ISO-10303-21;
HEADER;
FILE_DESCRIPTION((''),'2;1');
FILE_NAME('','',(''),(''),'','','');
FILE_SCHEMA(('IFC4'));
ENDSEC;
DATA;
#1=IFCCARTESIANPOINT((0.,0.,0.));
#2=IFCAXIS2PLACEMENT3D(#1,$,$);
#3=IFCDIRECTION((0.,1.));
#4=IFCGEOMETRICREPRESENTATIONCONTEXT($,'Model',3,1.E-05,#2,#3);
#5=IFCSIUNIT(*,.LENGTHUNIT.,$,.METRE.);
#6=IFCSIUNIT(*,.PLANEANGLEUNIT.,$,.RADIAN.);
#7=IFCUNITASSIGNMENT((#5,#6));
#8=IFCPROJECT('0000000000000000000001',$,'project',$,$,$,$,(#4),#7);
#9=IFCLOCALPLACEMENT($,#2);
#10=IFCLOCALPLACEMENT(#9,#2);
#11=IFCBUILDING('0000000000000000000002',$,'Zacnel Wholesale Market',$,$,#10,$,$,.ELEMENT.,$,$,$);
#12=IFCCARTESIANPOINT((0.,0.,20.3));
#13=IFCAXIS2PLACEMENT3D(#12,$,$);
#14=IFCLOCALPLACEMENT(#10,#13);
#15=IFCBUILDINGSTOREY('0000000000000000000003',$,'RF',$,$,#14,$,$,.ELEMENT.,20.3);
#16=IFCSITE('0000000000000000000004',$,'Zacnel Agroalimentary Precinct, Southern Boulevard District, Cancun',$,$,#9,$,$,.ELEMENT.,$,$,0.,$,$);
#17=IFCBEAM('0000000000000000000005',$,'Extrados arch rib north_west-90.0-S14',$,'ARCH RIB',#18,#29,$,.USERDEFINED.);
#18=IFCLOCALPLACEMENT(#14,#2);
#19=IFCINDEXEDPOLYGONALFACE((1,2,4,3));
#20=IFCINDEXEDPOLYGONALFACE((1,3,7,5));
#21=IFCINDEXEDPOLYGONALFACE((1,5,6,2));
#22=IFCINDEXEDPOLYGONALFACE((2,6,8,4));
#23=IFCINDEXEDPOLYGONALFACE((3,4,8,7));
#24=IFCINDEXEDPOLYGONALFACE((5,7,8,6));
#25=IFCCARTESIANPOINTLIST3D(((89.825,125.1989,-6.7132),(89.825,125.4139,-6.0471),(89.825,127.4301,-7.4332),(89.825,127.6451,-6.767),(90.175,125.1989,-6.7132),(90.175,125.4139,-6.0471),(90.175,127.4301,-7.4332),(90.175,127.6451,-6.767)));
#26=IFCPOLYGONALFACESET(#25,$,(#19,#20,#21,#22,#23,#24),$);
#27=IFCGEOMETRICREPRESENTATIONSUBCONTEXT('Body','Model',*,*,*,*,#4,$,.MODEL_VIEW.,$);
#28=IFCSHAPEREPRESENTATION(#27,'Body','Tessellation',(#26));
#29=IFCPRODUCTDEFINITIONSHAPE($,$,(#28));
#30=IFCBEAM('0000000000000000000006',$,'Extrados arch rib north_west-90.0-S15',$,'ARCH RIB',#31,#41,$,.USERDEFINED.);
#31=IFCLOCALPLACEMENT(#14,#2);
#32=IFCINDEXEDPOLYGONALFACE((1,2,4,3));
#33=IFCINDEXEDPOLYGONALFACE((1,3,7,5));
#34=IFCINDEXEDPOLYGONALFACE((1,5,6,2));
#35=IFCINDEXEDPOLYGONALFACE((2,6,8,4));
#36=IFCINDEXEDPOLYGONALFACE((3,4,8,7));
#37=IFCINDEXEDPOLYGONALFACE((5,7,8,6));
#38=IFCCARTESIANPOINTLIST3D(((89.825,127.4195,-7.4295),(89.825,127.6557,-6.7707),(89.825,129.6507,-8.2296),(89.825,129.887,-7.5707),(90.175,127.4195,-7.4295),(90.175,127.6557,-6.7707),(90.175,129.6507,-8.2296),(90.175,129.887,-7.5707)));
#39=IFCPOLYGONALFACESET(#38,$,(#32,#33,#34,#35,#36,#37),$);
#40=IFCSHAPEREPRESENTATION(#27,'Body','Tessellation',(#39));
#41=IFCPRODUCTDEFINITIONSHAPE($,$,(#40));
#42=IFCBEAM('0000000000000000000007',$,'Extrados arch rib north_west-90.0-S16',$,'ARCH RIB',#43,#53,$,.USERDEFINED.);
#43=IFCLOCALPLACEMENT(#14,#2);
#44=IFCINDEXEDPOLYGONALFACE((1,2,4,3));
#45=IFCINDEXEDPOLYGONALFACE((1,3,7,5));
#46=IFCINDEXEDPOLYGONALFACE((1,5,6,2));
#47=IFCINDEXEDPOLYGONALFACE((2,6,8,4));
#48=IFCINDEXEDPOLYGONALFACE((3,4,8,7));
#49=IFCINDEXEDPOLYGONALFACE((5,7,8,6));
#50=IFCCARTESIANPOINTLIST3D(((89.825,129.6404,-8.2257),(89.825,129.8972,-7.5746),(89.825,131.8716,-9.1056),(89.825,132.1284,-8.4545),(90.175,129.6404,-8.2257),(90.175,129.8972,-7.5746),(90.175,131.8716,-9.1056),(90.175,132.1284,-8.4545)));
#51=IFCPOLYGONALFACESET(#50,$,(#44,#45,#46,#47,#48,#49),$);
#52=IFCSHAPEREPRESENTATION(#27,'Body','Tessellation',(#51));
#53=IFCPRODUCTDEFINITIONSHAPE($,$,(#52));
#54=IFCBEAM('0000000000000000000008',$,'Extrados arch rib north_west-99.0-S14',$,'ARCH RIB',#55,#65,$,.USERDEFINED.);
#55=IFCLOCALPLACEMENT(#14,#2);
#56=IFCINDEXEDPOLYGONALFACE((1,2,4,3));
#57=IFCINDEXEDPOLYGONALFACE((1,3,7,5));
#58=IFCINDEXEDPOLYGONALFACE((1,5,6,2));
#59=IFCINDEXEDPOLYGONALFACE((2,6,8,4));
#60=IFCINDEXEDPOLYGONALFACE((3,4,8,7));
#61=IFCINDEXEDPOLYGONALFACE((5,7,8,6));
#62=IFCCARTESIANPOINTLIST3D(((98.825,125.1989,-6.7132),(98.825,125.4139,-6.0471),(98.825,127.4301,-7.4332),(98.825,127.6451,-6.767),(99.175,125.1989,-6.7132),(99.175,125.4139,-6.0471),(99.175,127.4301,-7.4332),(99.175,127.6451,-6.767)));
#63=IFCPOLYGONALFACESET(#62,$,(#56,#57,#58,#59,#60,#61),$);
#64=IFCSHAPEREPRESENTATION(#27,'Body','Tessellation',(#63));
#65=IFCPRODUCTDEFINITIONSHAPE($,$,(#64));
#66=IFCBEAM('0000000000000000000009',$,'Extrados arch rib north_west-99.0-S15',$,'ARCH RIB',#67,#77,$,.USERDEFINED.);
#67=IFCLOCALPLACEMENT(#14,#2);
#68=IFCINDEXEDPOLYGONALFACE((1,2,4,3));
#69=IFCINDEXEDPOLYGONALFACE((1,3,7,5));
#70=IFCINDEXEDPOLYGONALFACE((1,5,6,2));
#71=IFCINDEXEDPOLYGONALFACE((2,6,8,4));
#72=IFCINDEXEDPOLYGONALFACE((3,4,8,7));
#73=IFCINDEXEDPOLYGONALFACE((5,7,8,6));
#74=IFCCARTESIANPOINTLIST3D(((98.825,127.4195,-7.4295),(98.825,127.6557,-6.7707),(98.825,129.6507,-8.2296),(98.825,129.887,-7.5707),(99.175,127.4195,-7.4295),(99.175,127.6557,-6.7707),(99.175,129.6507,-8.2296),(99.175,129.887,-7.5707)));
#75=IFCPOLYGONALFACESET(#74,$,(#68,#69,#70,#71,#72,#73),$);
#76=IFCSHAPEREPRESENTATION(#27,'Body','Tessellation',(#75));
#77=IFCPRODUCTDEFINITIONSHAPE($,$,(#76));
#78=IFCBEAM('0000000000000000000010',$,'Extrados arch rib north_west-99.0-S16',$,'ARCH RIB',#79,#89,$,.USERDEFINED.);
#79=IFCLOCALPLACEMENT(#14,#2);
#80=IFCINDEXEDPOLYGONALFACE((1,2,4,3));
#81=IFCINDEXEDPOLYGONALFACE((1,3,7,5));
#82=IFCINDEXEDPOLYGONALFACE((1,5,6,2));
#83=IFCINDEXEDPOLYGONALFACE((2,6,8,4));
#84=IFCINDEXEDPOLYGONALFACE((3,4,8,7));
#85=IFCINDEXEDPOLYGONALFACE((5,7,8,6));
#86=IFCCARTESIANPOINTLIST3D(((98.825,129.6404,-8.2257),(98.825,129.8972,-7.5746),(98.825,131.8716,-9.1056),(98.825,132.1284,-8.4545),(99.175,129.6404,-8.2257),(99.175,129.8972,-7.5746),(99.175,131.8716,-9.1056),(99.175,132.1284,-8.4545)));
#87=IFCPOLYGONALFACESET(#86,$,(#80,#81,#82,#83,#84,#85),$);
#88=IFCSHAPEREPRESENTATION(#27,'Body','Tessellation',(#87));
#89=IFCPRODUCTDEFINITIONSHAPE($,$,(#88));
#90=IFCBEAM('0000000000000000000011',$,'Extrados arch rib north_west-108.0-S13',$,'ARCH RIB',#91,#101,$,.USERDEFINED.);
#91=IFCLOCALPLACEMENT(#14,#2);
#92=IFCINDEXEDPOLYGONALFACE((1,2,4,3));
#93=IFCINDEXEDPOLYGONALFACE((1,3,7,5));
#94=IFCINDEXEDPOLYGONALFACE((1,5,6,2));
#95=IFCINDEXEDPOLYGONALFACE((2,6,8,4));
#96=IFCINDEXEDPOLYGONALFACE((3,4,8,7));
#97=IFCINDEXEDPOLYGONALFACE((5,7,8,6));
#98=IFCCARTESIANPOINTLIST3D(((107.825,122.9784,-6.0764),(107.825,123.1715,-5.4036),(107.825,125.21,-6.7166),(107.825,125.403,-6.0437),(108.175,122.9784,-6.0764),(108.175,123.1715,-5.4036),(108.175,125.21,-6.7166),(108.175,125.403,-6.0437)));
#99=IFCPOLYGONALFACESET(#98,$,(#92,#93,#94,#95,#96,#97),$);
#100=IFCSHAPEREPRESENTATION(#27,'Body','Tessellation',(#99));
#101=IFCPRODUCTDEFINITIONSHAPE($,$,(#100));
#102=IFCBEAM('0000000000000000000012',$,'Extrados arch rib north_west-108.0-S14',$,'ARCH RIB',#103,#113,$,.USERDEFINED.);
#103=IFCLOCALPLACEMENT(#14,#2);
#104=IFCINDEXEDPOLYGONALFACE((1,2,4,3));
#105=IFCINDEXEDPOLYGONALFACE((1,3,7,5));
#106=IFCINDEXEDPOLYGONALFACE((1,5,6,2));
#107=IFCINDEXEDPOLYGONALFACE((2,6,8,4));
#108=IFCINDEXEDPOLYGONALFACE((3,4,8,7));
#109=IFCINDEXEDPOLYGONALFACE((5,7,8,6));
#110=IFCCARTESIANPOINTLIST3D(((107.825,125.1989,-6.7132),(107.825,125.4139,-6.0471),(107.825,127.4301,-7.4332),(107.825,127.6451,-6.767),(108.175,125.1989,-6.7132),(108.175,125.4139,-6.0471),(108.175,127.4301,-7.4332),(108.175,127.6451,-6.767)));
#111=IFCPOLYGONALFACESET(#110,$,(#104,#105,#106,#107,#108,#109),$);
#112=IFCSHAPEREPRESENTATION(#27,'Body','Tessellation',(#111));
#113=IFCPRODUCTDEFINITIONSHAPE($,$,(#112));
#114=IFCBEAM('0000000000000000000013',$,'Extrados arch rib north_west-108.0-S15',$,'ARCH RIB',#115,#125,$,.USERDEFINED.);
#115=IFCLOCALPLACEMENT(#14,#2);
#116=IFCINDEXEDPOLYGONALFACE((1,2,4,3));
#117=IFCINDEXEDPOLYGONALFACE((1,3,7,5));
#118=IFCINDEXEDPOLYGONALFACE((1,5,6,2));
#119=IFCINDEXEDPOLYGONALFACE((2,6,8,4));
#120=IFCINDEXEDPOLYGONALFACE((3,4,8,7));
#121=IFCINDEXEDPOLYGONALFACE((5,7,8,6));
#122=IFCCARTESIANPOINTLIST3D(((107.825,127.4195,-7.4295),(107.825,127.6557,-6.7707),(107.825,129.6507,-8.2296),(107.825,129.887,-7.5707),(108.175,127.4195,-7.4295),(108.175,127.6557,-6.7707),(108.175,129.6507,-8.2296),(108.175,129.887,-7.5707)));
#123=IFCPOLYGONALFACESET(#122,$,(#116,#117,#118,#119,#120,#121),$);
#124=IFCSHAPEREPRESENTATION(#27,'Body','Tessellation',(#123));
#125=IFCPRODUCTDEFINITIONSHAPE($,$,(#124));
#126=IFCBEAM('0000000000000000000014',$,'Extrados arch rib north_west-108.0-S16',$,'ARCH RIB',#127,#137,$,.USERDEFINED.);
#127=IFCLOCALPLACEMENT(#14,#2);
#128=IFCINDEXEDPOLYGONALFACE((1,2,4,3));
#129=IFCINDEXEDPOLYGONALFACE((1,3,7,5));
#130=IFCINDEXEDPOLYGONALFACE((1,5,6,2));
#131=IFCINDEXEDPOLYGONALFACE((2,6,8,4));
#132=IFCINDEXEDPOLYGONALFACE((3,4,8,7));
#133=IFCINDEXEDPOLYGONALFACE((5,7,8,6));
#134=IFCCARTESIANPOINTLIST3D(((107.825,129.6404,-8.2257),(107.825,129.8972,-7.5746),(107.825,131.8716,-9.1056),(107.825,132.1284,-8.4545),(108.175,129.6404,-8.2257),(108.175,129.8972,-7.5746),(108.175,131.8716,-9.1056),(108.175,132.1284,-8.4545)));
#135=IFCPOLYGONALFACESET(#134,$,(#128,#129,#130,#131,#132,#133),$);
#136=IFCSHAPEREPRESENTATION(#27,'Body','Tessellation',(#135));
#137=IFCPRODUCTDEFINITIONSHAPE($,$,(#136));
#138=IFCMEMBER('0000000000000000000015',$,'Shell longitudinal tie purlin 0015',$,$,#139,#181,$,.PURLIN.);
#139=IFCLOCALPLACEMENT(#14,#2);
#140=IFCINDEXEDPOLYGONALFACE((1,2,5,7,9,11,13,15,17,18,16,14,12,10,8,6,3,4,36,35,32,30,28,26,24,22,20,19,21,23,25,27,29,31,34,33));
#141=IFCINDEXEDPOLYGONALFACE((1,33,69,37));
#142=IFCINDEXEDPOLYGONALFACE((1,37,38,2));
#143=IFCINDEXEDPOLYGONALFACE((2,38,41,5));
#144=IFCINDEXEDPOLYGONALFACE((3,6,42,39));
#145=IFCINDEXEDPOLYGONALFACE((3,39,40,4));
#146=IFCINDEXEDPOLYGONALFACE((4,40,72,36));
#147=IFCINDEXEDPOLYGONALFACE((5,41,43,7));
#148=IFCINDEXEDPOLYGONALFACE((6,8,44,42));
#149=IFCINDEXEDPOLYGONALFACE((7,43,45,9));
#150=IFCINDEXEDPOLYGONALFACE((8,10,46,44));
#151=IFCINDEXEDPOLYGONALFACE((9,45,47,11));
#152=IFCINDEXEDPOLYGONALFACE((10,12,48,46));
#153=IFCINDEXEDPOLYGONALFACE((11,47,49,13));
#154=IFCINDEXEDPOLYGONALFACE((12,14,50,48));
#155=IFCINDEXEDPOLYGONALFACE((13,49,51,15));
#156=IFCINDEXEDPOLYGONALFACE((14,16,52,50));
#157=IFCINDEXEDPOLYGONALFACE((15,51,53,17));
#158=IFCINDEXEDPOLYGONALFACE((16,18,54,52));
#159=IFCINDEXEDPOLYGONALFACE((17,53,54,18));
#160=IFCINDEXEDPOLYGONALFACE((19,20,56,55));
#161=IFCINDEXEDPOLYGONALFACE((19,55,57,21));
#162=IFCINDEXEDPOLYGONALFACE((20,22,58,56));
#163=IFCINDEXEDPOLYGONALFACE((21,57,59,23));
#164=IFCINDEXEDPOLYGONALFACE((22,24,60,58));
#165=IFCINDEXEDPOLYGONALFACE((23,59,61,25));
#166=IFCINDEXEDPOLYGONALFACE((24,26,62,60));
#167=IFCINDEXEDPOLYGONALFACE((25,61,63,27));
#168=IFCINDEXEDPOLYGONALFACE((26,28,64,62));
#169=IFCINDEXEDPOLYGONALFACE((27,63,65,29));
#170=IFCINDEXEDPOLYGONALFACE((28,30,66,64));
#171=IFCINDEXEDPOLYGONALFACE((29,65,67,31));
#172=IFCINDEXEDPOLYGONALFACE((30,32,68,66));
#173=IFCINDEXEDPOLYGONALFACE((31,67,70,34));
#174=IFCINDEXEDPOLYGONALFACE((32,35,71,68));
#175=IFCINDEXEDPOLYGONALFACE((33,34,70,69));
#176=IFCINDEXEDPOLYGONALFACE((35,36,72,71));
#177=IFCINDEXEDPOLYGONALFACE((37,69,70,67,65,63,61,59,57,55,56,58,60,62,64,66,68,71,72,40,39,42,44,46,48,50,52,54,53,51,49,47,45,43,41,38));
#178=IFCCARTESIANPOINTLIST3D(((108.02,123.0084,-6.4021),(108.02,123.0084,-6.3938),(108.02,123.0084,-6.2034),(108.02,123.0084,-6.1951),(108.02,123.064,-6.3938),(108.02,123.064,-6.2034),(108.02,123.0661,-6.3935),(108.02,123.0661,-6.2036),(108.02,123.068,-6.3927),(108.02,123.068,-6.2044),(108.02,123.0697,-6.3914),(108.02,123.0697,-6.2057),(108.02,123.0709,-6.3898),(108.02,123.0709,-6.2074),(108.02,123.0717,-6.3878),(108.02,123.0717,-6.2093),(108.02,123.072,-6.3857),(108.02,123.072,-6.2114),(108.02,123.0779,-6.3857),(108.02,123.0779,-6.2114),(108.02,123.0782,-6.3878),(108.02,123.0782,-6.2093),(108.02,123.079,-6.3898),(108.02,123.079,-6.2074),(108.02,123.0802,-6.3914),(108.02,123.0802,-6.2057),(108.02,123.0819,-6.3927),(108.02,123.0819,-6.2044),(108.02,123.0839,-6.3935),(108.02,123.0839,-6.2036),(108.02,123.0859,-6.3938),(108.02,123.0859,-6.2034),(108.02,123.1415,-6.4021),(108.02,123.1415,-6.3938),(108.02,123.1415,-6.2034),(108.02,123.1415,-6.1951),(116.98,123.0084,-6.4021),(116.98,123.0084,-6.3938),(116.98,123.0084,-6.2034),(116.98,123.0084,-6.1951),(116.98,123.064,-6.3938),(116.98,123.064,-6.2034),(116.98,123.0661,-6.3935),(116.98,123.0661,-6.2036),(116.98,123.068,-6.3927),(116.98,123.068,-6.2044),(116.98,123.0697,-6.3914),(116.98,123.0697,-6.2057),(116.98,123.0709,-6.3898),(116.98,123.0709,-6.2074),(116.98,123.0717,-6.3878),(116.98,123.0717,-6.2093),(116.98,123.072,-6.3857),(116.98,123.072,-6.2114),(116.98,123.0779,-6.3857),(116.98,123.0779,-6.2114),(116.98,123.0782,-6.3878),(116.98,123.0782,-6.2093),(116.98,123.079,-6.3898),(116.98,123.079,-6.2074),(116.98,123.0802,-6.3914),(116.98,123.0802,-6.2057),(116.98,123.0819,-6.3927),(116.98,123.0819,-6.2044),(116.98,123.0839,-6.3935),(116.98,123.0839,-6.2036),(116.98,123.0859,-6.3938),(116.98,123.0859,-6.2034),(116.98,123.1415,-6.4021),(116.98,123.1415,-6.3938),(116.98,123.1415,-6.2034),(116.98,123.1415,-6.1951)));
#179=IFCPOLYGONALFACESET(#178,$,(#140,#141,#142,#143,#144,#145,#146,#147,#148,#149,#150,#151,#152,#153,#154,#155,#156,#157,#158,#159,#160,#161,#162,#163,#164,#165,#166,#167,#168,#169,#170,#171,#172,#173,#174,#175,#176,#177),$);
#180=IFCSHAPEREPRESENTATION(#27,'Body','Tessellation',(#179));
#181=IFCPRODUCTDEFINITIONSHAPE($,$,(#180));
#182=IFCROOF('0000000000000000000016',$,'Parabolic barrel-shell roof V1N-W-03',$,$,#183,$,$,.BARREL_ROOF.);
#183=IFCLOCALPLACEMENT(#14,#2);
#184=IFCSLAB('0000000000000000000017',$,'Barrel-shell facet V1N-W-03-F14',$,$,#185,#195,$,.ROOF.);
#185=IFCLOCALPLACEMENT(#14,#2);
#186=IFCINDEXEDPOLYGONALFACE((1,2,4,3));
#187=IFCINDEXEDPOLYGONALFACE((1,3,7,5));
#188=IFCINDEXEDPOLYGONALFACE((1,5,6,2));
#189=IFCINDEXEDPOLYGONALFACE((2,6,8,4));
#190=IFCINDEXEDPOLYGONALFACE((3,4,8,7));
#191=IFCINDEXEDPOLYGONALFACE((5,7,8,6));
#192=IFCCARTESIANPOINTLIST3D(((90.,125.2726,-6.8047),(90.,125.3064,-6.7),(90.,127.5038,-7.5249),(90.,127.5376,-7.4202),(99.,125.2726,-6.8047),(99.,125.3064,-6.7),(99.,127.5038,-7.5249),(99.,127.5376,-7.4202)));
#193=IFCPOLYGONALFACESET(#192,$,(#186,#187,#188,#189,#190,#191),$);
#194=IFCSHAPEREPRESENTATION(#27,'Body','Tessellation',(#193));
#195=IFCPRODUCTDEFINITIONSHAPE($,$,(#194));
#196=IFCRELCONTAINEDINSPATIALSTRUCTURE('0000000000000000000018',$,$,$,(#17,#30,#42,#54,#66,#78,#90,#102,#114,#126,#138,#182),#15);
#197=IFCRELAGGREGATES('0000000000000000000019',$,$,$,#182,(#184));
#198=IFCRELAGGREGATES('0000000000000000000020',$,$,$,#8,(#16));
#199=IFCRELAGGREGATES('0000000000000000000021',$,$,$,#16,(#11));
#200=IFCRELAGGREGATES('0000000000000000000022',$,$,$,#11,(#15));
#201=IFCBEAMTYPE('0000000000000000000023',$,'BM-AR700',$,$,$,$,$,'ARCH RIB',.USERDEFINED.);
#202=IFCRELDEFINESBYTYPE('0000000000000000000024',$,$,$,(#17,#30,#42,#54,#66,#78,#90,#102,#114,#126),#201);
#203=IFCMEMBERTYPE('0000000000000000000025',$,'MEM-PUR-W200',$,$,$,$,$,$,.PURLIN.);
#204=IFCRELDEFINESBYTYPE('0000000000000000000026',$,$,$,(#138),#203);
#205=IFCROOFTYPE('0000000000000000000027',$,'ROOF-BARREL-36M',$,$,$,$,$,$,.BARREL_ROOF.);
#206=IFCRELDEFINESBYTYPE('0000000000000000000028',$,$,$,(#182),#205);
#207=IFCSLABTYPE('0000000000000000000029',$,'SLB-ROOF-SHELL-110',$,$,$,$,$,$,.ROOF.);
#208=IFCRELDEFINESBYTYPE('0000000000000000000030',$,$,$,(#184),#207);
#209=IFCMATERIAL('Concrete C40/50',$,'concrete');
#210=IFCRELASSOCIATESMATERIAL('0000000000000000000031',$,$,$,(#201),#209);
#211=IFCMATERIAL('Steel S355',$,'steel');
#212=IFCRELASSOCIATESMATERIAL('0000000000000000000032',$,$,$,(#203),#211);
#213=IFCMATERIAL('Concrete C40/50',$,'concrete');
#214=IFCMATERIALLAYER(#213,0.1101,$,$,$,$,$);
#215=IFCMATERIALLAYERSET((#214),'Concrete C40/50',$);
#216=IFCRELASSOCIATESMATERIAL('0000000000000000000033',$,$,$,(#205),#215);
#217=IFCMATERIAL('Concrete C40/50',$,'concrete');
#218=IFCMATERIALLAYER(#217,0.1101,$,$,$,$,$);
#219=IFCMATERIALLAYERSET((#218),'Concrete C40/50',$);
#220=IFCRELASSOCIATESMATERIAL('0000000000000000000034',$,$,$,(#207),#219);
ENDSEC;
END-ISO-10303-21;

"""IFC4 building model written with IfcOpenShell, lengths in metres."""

from ifc_helpers import new_model, si_unit, direction, frame, origin, origin_2d, place, context, subcontext, project, spatial, polyline, rectangle, i_section, outline, extrude, material, layer, layer_set, material_profile, profile_set, type_object, element, aggregate, save


model = new_model("IFC4")

# Units and contexts
model_context = context("Model", 3, precision=1e-05, world=origin(), true_north=direction((0.0, 1.0)))
body_context = subcontext(model_context, "Body", "Model", "MODEL_VIEW")
ifc_project = project(units=[si_unit("LENGTHUNIT", "METRE"), si_unit("PLANEANGLEUNIT", "RADIAN")], contexts=[model_context])

# Site, building, storey
site_placement = place(None, origin())
site = spatial("IfcSite", under=ifc_project, at=site_placement, Name="Zacnel Agroalimentary Precinct, Southern Boulevard District, Cancun", CompositionType="ELEMENT", RefElevation=0.0)
building_placement = place(site_placement, origin())
building = spatial("IfcBuilding", under=site, at=building_placement, Name="Zacnel Wholesale Market", CompositionType="ELEMENT")
storey_placement = place(building_placement, frame((0.0, 0.0, 20.3)))
storey = spatial("IfcBuildingStorey", under=building, at=storey_placement, Name="RF", CompositionType="ELEMENT", Elevation=20.3)

# Beams
ifc_material_1 = material(Name="Concrete C40/50", Category="concrete")
ifc_material_profile_1 = material_profile(ifc_material_1, rectangle(XDim=0.3501, YDim=0.7, at=origin_2d()), Name="ARCH RIB 350x700")
ifc_profile_set_1 = profile_set([ifc_material_profile_1], Name="Concrete C40/50")
beam_type = type_object("IfcBeamType", Name="BM-AR700", ElementType="ARCH RIB", PredefinedType="USERDEFINED", material=ifc_profile_set_1)
beam_1_placement = place(storey_placement, frame((90.0, 125.3064, -6.3801), z_axis=(0.0, 0.95168, -0.307091), x_axis=(-1.0, 0.0, 0.0)))
element("IfcBeam", 1, at=beam_1_placement, inside=storey, type_object=beam_type, Name="Extrados arch rib north_west-90.0-S14", ObjectType="ARCH RIB", PredefinedType="USERDEFINED", context=body_context, shape_type="SweptSolid", body=[
    extrude(rectangle(XDim=0.3501, YDim=0.7, at=origin_2d()), origin(), (0.0, 0.0, 1.0), 2.3445),
])
beam_2_placement = place(storey_placement, frame((90.0, 127.5376, -7.1001), z_axis=(0.0, 0.941315, -0.33753), x_axis=(-1.0, 0.0, 0.0)))
element("IfcBeam", 2, at=beam_2_placement, inside=storey, type_object=beam_type, Name="Extrados arch rib north_west-90.0-S15", ObjectType="ARCH RIB", PredefinedType="USERDEFINED", context=body_context, shape_type="SweptSolid", body=[
    extrude(rectangle(XDim=0.3501, YDim=0.7, at=origin_2d()), origin(), (0.0, 0.0, 1.0), 2.3704),
])
beam_3_placement = place(storey_placement, frame((90.0, 129.7688, -7.9001), z_axis=(0.0, 0.930277, -0.366858), x_axis=(-1.0, 0.0, 0.0)))
element("IfcBeam", 3, at=beam_3_placement, inside=storey, type_object=beam_type, Name="Extrados arch rib north_west-90.0-S16", ObjectType="ARCH RIB", PredefinedType="USERDEFINED", context=body_context, shape_type="SweptSolid", body=[
    extrude(rectangle(XDim=0.3501, YDim=0.7, at=origin_2d()), origin(), (0.0, 0.0, 1.0), 2.3984),
])
beam_4_placement = place(storey_placement, frame((99.0, 125.3064, -6.3801), z_axis=(0.0, 0.95168, -0.307091), x_axis=(-1.0, 0.0, 0.0)))
element("IfcBeam", 4, at=beam_4_placement, inside=storey, type_object=beam_type, Name="Extrados arch rib north_west-99.0-S14", ObjectType="ARCH RIB", PredefinedType="USERDEFINED", context=body_context, shape_type="SweptSolid", body=[
    extrude(rectangle(XDim=0.3501, YDim=0.7, at=origin_2d()), origin(), (0.0, 0.0, 1.0), 2.3445),
])
beam_5_placement = place(storey_placement, frame((99.0, 127.5376, -7.1001), z_axis=(0.0, 0.941315, -0.33753), x_axis=(-1.0, 0.0, 0.0)))
element("IfcBeam", 5, at=beam_5_placement, inside=storey, type_object=beam_type, Name="Extrados arch rib north_west-99.0-S15", ObjectType="ARCH RIB", PredefinedType="USERDEFINED", context=body_context, shape_type="SweptSolid", body=[
    extrude(rectangle(XDim=0.3501, YDim=0.7, at=origin_2d()), origin(), (0.0, 0.0, 1.0), 2.3704),
])
beam_6_placement = place(storey_placement, frame((99.0, 129.7688, -7.9001), z_axis=(0.0, 0.930277, -0.366858), x_axis=(-1.0, 0.0, 0.0)))
element("IfcBeam", 6, at=beam_6_placement, inside=storey, type_object=beam_type, Name="Extrados arch rib north_west-99.0-S16", ObjectType="ARCH RIB", PredefinedType="USERDEFINED", context=body_context, shape_type="SweptSolid", body=[
    extrude(rectangle(XDim=0.3501, YDim=0.7, at=origin_2d()), origin(), (0.0, 0.0, 1.0), 2.3984),
])
beam_7_placement = place(storey_placement, frame((108.0, 123.075, -5.74), z_axis=(0.0, 0.96123, -0.275749), x_axis=(-1.0, 0.0, 0.0)))
element("IfcBeam", 7, at=beam_7_placement, inside=storey, type_object=beam_type, Name="Extrados arch rib north_west-108.0-S13", ObjectType="ARCH RIB", PredefinedType="USERDEFINED", context=body_context, shape_type="SweptSolid", body=[
    extrude(rectangle(XDim=0.3501, YDim=0.7, at=origin_2d()), origin(), (0.0, 0.0, 1.0), 2.3215),
])
beam_8_placement = place(storey_placement, frame((108.0, 125.3064, -6.3801), z_axis=(0.0, 0.95168, -0.307091), x_axis=(-1.0, 0.0, 0.0)))
element("IfcBeam", 8, at=beam_8_placement, inside=storey, type_object=beam_type, Name="Extrados arch rib north_west-108.0-S14", ObjectType="ARCH RIB", PredefinedType="USERDEFINED", context=body_context, shape_type="SweptSolid", body=[
    extrude(rectangle(XDim=0.3501, YDim=0.7, at=origin_2d()), origin(), (0.0, 0.0, 1.0), 2.3445),
])
beam_9_placement = place(storey_placement, frame((108.0, 127.5376, -7.1001), z_axis=(0.0, 0.941315, -0.33753), x_axis=(-1.0, 0.0, 0.0)))
element("IfcBeam", 9, at=beam_9_placement, inside=storey, type_object=beam_type, Name="Extrados arch rib north_west-108.0-S15", ObjectType="ARCH RIB", PredefinedType="USERDEFINED", context=body_context, shape_type="SweptSolid", body=[
    extrude(rectangle(XDim=0.3501, YDim=0.7, at=origin_2d()), origin(), (0.0, 0.0, 1.0), 2.3704),
])
beam_10_placement = place(storey_placement, frame((108.0, 129.7688, -7.9001), z_axis=(0.0, 0.930277, -0.366858), x_axis=(-1.0, 0.0, 0.0)))
element("IfcBeam", 10, at=beam_10_placement, inside=storey, type_object=beam_type, Name="Extrados arch rib north_west-108.0-S16", ObjectType="ARCH RIB", PredefinedType="USERDEFINED", context=body_context, shape_type="SweptSolid", body=[
    extrude(rectangle(XDim=0.3501, YDim=0.7, at=origin_2d()), origin(), (0.0, 0.0, 1.0), 2.3984),
])

# Member
ifc_material_2 = material(Name="Steel S355", Category="steel")
ifc_material_profile_2 = material_profile(ifc_material_2, i_section(OverallWidth=0.1331, OverallDepth=0.207, WebThickness=0.0059, FlangeThickness=0.0083, FilletRadius=0.0081, at=origin_2d()), Name="W200X26.6")
ifc_profile_set_2 = profile_set([ifc_material_profile_2], Name="Steel S355")
member_type = type_object("IfcMemberType", Name="MEM-PUR-W200", PredefinedType="PURLIN", material=ifc_profile_set_2)
member_placement = place(storey_placement, frame((108.02, 123.075, -6.2986), z_axis=(1.0, 0.0, 0.0), x_axis=(0.0, 1.0, 0.0)))
element("IfcMember", 11, at=member_placement, inside=storey, type_object=member_type, Name="Shell longitudinal tie purlin 0015", PredefinedType="PURLIN", context=body_context, shape_type="SweptSolid", body=[
    extrude(i_section(OverallWidth=0.1331, OverallDepth=0.207, WebThickness=0.0059, FlangeThickness=0.0083, FilletRadius=0.0081, at=origin_2d()), origin(), (0.0, 0.0, 1.0), 8.96),
])

# Roof, slab
ifc_material_3 = material(Name="Concrete C40/50", Category="concrete")
ifc_layer_1 = layer(ifc_material_3, 0.1101)
ifc_layer_set_1 = layer_set([ifc_layer_1], Name="Concrete C40/50")
roof_type = type_object("IfcRoofType", Name="ROOF-BARREL-36M", PredefinedType="BARREL_ROOF", material=ifc_layer_set_1)
roof_1_placement = place(storey_placement, origin())
roof_1 = element("IfcRoof", 12, at=roof_1_placement, inside=storey, type_object=roof_type, Name="Parabolic barrel-shell roof V1N-W-03", PredefinedType="BARREL_ROOF")
ifc_material_4 = material(Name="Concrete C40/50", Category="concrete")
ifc_layer_2 = layer(ifc_material_4, 0.1101)
ifc_layer_set_2 = layer_set([ifc_layer_2], Name="Concrete C40/50")
slab_type = type_object("IfcSlabType", Name="SLB-ROOF-SHELL-110", PredefinedType="ROOF", material=ifc_layer_set_2)
slab_1_placement = place(storey_placement, frame((90.0, 125.3064, -6.7), z_axis=(0.0, 0.307185, 0.95165), x_axis=(1.0, 0.0, 0.0)))
slab_1 = element("IfcSlab", 13, at=slab_1_placement, type_object=slab_type, Name="Barrel-shell facet V1N-W-03-F14", PredefinedType="ROOF", context=body_context, shape_type="SweptSolid", body=[
    extrude(outline(polyline([(0.0, 0.0), (9.0, 0.0), (9.0, 2.3446), (0.0, 2.3446), (0.0, 0.0)])), origin(), (0.0, 0.0, -1.0), 0.1101),
])
aggregate(roof_1, [slab_1])

save(model, "model.ifc")
